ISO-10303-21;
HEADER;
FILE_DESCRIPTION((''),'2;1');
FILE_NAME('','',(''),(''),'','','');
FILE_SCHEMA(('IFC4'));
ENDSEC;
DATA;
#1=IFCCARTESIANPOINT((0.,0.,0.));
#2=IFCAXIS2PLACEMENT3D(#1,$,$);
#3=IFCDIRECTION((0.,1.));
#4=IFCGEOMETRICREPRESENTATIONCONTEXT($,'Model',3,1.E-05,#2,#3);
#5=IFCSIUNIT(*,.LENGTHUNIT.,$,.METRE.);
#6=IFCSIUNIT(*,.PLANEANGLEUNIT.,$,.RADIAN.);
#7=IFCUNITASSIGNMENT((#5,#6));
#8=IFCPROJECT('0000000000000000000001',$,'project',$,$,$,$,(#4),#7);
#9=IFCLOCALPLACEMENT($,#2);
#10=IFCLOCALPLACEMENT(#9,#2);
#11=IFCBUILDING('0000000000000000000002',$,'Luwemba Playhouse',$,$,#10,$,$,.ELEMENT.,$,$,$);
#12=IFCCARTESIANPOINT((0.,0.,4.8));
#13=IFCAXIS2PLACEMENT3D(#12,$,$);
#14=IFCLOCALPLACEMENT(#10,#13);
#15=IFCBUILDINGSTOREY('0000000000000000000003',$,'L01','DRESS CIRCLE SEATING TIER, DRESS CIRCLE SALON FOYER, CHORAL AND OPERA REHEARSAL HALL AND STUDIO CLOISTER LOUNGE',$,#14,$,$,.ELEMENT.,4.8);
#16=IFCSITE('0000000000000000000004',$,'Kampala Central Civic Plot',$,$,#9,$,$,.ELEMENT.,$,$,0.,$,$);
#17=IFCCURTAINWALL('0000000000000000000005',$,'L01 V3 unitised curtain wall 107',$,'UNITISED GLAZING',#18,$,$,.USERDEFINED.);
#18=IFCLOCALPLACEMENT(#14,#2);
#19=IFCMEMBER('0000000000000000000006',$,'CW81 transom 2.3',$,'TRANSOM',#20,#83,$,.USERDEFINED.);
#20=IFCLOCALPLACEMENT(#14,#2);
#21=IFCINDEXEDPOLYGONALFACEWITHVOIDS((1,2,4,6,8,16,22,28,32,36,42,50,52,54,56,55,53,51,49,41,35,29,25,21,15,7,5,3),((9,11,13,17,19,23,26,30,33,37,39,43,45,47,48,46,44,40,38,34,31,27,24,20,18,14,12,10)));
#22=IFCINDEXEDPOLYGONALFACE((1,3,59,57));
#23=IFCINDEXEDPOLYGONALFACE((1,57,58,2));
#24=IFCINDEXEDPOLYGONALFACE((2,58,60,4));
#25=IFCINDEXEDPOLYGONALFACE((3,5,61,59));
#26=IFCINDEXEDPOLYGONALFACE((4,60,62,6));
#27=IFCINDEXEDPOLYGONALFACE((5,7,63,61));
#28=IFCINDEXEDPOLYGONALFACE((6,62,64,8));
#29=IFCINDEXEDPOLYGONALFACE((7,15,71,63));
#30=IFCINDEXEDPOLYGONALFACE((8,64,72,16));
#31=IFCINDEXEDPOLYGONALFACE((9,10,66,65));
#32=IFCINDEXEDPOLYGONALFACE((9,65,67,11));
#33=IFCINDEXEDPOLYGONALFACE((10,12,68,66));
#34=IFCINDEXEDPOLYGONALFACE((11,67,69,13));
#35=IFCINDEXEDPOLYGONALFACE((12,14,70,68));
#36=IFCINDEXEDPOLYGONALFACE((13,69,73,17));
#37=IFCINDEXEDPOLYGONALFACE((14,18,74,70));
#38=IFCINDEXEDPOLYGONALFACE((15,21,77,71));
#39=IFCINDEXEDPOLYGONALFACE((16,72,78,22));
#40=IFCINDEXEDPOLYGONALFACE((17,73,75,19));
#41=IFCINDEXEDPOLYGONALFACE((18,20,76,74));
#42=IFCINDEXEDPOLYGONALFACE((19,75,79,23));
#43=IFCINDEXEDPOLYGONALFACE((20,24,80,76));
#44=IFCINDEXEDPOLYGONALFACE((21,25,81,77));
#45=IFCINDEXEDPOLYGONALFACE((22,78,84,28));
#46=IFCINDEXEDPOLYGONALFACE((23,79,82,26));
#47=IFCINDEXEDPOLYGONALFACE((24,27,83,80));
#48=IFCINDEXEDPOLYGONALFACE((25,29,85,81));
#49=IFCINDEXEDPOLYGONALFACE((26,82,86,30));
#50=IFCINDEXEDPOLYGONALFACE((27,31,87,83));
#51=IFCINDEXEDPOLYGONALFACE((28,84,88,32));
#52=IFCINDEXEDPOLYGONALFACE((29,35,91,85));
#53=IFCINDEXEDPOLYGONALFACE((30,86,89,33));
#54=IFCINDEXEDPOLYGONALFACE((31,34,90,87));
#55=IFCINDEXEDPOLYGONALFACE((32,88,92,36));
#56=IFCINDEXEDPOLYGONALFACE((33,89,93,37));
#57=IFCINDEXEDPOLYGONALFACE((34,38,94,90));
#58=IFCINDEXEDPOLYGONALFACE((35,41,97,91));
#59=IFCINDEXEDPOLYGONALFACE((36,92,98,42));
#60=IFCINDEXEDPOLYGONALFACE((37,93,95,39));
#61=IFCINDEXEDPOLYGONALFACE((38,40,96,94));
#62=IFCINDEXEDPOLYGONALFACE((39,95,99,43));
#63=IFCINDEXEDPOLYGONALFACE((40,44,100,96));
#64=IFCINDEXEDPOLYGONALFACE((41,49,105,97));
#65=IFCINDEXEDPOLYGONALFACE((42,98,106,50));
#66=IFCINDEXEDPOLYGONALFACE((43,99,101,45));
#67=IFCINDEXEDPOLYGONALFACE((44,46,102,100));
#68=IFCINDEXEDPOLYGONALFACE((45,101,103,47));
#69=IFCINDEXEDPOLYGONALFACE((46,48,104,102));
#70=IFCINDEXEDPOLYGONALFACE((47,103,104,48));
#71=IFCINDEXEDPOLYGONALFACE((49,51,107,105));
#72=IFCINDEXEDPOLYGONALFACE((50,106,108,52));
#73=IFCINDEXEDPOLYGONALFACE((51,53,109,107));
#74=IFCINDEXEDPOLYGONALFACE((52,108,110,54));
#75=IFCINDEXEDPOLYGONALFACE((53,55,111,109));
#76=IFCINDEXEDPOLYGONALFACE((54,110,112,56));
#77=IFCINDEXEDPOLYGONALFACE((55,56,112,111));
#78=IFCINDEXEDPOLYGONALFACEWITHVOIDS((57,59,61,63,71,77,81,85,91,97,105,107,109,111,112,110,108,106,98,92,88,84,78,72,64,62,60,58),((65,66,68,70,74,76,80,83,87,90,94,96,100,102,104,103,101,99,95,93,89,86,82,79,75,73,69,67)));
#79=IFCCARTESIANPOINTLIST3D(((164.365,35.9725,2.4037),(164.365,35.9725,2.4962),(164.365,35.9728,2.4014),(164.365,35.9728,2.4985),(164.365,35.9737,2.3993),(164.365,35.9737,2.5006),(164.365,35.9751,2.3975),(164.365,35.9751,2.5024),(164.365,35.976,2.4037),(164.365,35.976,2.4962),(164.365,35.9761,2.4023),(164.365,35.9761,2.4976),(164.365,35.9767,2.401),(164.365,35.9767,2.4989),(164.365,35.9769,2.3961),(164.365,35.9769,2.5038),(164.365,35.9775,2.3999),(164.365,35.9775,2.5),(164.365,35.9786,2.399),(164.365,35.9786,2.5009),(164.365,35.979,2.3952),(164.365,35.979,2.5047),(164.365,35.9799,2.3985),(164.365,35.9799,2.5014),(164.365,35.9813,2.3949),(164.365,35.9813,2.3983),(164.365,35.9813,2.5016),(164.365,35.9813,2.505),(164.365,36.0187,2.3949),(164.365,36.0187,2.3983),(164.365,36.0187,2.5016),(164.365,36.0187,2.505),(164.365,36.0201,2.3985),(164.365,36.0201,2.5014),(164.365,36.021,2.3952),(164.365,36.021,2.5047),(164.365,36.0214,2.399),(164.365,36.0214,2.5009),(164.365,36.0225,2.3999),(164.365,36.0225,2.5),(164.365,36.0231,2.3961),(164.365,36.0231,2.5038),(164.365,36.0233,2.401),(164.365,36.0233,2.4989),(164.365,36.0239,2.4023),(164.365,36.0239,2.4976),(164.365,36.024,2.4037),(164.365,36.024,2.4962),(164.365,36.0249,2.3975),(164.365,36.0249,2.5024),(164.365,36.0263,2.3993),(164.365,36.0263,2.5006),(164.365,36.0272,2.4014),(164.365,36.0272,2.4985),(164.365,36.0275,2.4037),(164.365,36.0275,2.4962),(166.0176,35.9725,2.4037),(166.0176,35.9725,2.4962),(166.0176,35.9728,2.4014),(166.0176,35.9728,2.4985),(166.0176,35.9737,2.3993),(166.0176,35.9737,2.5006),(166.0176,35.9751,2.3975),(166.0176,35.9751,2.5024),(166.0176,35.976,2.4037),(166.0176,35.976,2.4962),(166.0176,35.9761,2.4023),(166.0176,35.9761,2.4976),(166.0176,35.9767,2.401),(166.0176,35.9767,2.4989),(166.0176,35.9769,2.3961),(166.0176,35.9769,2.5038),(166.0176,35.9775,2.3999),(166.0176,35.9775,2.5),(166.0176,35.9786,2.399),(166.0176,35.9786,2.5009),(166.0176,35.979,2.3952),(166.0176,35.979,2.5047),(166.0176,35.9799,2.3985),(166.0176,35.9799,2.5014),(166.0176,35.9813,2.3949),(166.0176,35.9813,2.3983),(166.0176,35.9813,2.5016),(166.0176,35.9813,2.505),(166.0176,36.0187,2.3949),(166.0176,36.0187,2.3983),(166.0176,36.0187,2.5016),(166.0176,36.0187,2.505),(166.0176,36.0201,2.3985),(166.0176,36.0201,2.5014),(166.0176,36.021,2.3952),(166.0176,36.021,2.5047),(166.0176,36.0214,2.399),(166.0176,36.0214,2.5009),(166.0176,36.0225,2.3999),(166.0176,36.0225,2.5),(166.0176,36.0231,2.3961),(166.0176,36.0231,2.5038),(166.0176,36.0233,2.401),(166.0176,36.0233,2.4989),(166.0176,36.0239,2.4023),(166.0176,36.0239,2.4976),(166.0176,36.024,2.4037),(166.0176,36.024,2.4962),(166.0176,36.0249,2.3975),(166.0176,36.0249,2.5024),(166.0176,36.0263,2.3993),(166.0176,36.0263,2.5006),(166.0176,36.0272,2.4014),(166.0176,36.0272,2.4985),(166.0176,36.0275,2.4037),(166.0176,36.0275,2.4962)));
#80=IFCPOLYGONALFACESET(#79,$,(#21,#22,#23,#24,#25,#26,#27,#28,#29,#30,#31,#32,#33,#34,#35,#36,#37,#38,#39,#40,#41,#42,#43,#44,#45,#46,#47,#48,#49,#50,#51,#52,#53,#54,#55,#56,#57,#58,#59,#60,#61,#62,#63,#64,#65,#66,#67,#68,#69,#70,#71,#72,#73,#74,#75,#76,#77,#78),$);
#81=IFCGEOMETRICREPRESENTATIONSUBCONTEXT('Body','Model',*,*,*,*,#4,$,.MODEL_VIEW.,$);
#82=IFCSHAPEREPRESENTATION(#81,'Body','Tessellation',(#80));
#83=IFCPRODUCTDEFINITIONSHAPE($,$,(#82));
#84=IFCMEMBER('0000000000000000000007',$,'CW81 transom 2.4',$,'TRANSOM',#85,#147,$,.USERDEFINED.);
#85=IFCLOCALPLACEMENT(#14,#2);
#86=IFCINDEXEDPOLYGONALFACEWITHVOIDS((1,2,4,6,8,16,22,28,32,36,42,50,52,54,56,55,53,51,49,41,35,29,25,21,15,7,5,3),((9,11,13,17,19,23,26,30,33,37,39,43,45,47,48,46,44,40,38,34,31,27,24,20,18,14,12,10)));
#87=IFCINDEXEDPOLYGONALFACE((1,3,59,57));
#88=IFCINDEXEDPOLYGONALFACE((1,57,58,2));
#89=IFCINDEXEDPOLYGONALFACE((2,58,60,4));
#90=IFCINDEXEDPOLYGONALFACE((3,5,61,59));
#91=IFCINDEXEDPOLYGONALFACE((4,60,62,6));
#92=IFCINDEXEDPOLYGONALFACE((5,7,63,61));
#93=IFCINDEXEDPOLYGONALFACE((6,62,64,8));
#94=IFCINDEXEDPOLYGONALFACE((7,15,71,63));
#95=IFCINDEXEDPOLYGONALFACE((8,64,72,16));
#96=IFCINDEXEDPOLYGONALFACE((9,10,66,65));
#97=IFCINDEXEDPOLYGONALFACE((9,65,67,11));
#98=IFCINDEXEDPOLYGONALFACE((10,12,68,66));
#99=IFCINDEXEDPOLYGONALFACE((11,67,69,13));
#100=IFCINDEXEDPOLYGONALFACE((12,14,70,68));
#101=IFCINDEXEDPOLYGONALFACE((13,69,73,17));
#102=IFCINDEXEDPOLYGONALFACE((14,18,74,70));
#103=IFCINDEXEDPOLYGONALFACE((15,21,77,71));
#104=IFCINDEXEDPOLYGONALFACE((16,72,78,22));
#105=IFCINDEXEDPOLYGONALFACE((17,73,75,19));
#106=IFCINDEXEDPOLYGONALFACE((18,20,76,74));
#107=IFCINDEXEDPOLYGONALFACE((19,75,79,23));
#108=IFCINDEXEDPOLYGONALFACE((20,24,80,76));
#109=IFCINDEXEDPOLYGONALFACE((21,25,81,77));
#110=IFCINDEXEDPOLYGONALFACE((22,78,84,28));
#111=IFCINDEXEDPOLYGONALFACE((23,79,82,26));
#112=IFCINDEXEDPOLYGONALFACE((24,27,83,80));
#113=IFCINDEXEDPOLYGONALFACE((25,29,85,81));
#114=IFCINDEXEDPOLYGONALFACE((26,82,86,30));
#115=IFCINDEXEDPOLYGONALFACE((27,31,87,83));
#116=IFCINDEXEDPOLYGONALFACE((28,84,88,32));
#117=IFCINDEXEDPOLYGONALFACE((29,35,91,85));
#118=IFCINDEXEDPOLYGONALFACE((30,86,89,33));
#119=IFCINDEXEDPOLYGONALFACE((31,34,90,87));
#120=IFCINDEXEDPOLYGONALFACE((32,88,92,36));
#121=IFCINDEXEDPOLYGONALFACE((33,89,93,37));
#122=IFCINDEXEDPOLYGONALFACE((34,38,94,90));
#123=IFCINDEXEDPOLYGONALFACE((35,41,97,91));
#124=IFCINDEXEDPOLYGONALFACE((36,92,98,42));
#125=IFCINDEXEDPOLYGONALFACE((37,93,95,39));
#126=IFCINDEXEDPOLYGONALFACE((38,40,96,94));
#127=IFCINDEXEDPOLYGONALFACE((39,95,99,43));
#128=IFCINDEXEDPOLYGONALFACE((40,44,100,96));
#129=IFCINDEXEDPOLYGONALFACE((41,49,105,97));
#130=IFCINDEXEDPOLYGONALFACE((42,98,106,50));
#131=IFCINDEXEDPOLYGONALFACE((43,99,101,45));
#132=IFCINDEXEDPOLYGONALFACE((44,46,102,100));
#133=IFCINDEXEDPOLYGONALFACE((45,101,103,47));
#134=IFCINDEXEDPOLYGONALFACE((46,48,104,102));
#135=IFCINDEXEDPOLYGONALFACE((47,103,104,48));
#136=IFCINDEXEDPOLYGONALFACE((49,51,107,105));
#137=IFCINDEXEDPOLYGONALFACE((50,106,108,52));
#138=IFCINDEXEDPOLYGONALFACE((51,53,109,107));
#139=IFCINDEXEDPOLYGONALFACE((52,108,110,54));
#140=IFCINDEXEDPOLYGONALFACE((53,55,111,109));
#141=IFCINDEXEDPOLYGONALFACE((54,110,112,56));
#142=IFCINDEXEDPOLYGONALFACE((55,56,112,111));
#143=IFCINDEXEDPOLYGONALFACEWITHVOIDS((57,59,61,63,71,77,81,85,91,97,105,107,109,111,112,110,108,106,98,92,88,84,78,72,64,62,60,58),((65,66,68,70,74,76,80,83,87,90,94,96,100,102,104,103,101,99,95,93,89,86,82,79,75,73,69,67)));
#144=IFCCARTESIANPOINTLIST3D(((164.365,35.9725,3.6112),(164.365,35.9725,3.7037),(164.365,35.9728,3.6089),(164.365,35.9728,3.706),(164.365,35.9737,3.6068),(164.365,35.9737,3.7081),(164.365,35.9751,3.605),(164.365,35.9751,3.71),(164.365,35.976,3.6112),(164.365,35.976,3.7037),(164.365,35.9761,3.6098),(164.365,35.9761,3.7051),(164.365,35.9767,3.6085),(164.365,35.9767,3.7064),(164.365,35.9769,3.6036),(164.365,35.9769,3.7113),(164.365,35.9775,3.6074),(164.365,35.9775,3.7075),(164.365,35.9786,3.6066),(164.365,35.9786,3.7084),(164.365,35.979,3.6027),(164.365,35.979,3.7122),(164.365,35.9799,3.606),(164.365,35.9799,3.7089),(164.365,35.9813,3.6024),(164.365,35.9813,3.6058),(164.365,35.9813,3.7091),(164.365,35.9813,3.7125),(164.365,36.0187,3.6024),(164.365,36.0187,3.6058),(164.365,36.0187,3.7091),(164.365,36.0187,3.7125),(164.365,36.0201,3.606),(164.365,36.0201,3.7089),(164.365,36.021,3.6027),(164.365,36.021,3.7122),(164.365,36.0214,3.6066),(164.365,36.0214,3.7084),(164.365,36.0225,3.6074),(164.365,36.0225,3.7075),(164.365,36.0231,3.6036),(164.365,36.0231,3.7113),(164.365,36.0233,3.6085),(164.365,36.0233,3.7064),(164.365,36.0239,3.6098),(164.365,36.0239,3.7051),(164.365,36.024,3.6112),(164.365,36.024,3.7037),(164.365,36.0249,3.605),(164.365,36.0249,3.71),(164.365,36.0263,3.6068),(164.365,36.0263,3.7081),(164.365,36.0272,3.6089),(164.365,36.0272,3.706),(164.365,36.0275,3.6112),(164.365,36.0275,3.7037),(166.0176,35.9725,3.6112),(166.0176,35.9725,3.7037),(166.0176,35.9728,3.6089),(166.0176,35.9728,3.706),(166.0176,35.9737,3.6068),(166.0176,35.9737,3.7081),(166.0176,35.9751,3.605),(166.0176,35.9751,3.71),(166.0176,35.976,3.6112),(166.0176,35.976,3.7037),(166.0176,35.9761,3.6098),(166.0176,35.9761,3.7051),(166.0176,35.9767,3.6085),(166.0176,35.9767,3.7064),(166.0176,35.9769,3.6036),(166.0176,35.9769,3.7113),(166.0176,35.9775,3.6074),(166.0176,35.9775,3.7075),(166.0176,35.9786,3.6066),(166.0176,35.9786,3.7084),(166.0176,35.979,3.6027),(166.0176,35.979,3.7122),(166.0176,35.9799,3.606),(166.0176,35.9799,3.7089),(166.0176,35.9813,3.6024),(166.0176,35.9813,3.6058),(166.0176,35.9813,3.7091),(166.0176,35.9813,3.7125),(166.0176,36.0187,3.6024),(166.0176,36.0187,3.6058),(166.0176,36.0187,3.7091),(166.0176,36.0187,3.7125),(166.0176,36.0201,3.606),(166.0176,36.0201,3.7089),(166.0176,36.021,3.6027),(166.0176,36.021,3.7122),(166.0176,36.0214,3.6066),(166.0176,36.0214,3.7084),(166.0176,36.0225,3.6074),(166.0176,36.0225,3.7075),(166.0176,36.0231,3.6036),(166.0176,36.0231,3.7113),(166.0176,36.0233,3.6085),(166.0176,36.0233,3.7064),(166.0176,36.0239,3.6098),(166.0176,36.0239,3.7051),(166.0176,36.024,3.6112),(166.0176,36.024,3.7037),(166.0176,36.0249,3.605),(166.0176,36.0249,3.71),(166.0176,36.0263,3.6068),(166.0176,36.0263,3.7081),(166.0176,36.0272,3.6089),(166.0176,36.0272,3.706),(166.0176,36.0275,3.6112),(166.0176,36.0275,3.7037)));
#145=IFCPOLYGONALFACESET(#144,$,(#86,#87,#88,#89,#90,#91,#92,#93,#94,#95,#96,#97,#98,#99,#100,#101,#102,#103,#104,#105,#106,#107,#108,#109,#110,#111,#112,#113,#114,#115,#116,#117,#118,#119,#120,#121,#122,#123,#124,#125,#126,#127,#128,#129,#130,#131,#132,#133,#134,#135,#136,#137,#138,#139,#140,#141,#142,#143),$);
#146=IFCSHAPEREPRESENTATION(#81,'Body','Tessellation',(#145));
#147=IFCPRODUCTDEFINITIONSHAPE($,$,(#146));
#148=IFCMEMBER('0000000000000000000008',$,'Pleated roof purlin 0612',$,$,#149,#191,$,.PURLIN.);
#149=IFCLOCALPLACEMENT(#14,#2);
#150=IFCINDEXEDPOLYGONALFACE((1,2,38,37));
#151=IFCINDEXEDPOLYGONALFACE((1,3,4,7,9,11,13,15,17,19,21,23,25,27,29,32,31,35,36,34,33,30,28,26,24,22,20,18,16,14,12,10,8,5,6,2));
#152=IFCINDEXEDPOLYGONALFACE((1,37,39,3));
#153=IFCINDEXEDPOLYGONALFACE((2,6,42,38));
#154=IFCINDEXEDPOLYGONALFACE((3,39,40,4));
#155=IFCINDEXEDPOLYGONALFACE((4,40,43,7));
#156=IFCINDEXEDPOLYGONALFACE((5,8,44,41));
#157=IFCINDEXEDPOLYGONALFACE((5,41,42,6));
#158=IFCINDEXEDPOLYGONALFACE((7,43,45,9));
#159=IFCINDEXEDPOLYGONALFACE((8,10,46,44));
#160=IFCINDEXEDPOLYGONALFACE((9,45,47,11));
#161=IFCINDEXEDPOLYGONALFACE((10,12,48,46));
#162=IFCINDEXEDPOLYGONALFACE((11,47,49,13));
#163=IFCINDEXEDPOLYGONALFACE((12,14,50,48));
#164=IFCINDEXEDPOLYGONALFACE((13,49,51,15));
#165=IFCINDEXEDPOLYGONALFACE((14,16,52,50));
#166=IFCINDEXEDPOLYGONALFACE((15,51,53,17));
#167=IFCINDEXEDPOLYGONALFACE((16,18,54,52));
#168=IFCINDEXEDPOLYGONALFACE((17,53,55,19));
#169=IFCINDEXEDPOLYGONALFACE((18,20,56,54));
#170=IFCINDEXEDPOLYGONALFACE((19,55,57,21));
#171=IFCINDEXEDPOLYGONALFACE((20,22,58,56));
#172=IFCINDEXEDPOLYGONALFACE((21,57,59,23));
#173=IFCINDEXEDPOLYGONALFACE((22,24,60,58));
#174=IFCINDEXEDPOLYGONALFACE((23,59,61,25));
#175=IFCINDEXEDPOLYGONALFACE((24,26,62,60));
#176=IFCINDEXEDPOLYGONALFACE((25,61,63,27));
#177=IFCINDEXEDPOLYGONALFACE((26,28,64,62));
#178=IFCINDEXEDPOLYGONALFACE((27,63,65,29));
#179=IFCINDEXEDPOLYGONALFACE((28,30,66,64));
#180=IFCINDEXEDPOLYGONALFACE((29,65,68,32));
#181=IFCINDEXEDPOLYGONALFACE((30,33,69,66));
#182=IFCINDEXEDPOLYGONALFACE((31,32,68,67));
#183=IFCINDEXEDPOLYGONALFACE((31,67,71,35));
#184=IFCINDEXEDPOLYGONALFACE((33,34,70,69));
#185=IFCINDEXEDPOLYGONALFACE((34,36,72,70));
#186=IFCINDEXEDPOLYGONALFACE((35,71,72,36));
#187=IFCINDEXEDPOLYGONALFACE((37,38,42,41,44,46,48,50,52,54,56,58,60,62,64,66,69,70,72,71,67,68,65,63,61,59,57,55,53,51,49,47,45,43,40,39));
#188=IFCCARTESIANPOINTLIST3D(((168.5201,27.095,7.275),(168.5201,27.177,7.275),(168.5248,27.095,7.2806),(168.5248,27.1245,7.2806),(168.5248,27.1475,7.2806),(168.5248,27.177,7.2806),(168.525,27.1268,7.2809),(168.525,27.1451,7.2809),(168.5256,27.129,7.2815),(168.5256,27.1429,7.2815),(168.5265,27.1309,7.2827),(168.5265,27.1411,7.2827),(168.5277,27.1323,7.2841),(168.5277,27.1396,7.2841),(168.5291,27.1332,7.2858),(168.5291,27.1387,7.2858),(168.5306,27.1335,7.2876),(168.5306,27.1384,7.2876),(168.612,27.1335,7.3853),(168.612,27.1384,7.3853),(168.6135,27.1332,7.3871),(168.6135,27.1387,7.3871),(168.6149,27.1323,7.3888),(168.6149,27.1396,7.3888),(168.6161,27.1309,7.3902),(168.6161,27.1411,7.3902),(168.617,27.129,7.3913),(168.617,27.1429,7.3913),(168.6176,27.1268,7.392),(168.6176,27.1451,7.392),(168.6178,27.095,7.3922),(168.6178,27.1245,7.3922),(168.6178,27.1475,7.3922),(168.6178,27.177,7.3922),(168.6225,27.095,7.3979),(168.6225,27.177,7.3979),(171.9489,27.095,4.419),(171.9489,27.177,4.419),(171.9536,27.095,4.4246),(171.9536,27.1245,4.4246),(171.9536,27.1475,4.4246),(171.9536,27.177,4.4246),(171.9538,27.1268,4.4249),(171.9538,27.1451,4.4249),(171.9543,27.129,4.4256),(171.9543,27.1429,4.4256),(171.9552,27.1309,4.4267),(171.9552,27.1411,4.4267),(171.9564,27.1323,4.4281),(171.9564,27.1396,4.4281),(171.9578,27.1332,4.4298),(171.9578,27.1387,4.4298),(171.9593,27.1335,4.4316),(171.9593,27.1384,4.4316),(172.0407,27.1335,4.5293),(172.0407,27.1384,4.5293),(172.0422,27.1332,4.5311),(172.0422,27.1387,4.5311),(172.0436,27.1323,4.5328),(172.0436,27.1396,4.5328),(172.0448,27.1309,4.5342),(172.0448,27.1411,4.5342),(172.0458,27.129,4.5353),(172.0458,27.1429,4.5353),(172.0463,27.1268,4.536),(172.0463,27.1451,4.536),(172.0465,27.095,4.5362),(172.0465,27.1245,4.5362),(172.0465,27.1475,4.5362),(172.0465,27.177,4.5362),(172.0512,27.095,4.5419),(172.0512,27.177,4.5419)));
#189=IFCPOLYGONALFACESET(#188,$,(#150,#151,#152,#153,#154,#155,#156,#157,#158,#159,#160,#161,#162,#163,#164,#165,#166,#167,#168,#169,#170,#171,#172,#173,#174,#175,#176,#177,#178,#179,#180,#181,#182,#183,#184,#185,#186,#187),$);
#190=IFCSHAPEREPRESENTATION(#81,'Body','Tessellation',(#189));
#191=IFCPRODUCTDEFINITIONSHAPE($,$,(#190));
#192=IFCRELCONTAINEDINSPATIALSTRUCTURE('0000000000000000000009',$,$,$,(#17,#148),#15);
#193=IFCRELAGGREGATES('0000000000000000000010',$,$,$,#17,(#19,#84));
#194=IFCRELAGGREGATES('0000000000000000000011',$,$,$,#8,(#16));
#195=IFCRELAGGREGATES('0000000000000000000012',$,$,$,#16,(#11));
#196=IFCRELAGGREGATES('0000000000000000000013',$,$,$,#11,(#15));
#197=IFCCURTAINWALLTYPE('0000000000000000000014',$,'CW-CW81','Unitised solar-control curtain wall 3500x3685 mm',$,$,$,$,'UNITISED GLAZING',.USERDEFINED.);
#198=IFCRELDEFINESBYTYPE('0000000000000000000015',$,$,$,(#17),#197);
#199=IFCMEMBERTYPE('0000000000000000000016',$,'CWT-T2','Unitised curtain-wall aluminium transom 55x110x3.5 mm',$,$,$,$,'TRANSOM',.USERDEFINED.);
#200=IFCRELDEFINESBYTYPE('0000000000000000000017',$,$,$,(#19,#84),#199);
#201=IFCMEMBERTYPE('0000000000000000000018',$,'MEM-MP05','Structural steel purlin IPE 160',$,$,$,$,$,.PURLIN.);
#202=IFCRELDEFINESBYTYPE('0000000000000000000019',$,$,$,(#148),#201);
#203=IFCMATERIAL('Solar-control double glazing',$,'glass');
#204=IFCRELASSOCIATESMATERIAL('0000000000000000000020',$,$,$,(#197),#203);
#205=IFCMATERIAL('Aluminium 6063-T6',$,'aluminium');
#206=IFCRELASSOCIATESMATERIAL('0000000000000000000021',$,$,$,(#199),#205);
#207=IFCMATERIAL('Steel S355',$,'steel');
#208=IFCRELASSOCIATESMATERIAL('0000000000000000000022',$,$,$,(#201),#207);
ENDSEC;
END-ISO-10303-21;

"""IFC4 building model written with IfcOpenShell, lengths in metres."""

from ifc_helpers import new_model, si_unit, direction, frame, origin, origin_2d, place, context, subcontext, project, spatial, hollow_rectangle, i_section, extrude, material, material_profile, profile_set, type_object, element, aggregate, save


model = new_model("IFC4")

# Units and contexts
model_context = context("Model", 3, precision=1e-05, world=origin(), true_north=direction((0.0, 1.0)))
body_context = subcontext(model_context, "Body", "Model", "MODEL_VIEW")
ifc_project = project(units=[si_unit("LENGTHUNIT", "METRE"), si_unit("PLANEANGLEUNIT", "RADIAN")], contexts=[model_context])

# Site, building, storey
site_placement = place(None, origin())
site = spatial("IfcSite", under=ifc_project, at=site_placement, Name="Kampala Central Civic Plot", CompositionType="ELEMENT", RefElevation=0.0)
building_placement = place(site_placement, origin())
building = spatial("IfcBuilding", under=site, at=building_placement, Name="Luwemba Playhouse", CompositionType="ELEMENT")
storey_placement = place(building_placement, frame((0.0, 0.0, 4.8)))
storey = spatial("IfcBuildingStorey", under=building, at=storey_placement, Name="L01", Description="DRESS CIRCLE SEATING TIER, DRESS CIRCLE SALON FOYER, CHORAL AND OPERA REHEARSAL HALL AND STUDIO CLOISTER LOUNGE", CompositionType="ELEMENT", Elevation=4.8)

# Curtain wall, members
ifc_material_1 = material(Name="Solar-control double glazing", Category="glass")
curtain_wall_type = type_object("IfcCurtainWallType", Name="CW-CW81", Description="Unitised solar-control curtain wall 3500x3685 mm", ElementType="UNITISED GLAZING", PredefinedType="USERDEFINED", material=ifc_material_1)
curtain_wall_placement = place(storey_placement, origin())
curtain_wall = element("IfcCurtainWall", 1, at=curtain_wall_placement, inside=storey, type_object=curtain_wall_type, Name="L01 V3 unitised curtain wall 107", ObjectType="UNITISED GLAZING", PredefinedType="USERDEFINED")
ifc_material_2 = material(Name="Aluminium 6063-T6", Category="aluminium")
ifc_material_profile_1 = material_profile(ifc_material_2, hollow_rectangle(XDim=0.0549, YDim=0.1101, WallThickness=0.0034, InnerFilletRadius=0.0054, OuterFilletRadius=0.0088, at=origin_2d()))
ifc_profile_set_1 = profile_set([ifc_material_profile_1], Name="Aluminium 6063-T6")
member_type_1 = type_object("IfcMemberType", Name="CWT-T2", Description="Unitised curtain-wall aluminium transom 55x110x3.5 mm", ElementType="TRANSOM", PredefinedType="USERDEFINED", material=ifc_profile_set_1)
member_1_placement = place(storey_placement, frame((166.0176, 36.0, 2.45), z_axis=(-1.0, 0.0, 0.0), x_axis=(0.0, -1.0, 0.0)))
member_1 = element("IfcMember", 2, at=member_1_placement, type_object=member_type_1, Name="CW81 transom 2.3", ObjectType="TRANSOM", PredefinedType="USERDEFINED", context=body_context, shape_type="SweptSolid", body=[
    extrude(hollow_rectangle(XDim=0.0549, YDim=0.1101, WallThickness=0.0034, InnerFilletRadius=0.0054, OuterFilletRadius=0.0088, at=origin_2d()), origin(), (0.0, 0.0, 1.0), 1.6526),
])
member_2_placement = place(storey_placement, frame((166.0176, 36.0, 3.6575), z_axis=(-1.0, 0.0, 0.0), x_axis=(0.0, -1.0, 0.0)))
member_2 = element("IfcMember", 3, at=member_2_placement, type_object=member_type_1, Name="CW81 transom 2.4", ObjectType="TRANSOM", PredefinedType="USERDEFINED", context=body_context, shape_type="SweptSolid", body=[
    extrude(hollow_rectangle(XDim=0.0549, YDim=0.1101, WallThickness=0.0034, InnerFilletRadius=0.0054, OuterFilletRadius=0.0088, at=origin_2d()), origin(), (0.0, 0.0, 1.0), 1.6526),
])

# Member
ifc_material_3 = material(Name="Steel S355", Category="steel")
ifc_material_profile_2 = material_profile(ifc_material_3, i_section(OverallWidth=0.082, OverallDepth=0.1599, WebThickness=0.0049, FlangeThickness=0.0073, FilletRadius=0.009, at=origin_2d()))
ifc_profile_set_2 = profile_set([ifc_material_profile_2], Name="Steel S355")
member_type_2 = type_object("IfcMemberType", Name="MEM-MP05", Description="Structural steel purlin IPE 160", PredefinedType="PURLIN", material=ifc_profile_set_2)
member_3_placement = place(storey_placement, frame((168.5713, 27.136, 7.3364), z_axis=(0.768365, 0.0, -0.640012), x_axis=(0.0, 1.0, 0.0)))
element("IfcMember", 4, at=member_3_placement, inside=storey, type_object=member_type_2, Name="Pleated roof purlin 0612", PredefinedType="PURLIN", context=body_context, shape_type="SweptSolid", body=[
    extrude(i_section(OverallWidth=0.082, OverallDepth=0.1599, WebThickness=0.0049, FlangeThickness=0.0073, FilletRadius=0.009, at=origin_2d()), origin(), (0.0, 0.0, 1.0), 4.4624),
])

aggregate(curtain_wall, [member_1, member_2])

save(model, "model.ifc")
